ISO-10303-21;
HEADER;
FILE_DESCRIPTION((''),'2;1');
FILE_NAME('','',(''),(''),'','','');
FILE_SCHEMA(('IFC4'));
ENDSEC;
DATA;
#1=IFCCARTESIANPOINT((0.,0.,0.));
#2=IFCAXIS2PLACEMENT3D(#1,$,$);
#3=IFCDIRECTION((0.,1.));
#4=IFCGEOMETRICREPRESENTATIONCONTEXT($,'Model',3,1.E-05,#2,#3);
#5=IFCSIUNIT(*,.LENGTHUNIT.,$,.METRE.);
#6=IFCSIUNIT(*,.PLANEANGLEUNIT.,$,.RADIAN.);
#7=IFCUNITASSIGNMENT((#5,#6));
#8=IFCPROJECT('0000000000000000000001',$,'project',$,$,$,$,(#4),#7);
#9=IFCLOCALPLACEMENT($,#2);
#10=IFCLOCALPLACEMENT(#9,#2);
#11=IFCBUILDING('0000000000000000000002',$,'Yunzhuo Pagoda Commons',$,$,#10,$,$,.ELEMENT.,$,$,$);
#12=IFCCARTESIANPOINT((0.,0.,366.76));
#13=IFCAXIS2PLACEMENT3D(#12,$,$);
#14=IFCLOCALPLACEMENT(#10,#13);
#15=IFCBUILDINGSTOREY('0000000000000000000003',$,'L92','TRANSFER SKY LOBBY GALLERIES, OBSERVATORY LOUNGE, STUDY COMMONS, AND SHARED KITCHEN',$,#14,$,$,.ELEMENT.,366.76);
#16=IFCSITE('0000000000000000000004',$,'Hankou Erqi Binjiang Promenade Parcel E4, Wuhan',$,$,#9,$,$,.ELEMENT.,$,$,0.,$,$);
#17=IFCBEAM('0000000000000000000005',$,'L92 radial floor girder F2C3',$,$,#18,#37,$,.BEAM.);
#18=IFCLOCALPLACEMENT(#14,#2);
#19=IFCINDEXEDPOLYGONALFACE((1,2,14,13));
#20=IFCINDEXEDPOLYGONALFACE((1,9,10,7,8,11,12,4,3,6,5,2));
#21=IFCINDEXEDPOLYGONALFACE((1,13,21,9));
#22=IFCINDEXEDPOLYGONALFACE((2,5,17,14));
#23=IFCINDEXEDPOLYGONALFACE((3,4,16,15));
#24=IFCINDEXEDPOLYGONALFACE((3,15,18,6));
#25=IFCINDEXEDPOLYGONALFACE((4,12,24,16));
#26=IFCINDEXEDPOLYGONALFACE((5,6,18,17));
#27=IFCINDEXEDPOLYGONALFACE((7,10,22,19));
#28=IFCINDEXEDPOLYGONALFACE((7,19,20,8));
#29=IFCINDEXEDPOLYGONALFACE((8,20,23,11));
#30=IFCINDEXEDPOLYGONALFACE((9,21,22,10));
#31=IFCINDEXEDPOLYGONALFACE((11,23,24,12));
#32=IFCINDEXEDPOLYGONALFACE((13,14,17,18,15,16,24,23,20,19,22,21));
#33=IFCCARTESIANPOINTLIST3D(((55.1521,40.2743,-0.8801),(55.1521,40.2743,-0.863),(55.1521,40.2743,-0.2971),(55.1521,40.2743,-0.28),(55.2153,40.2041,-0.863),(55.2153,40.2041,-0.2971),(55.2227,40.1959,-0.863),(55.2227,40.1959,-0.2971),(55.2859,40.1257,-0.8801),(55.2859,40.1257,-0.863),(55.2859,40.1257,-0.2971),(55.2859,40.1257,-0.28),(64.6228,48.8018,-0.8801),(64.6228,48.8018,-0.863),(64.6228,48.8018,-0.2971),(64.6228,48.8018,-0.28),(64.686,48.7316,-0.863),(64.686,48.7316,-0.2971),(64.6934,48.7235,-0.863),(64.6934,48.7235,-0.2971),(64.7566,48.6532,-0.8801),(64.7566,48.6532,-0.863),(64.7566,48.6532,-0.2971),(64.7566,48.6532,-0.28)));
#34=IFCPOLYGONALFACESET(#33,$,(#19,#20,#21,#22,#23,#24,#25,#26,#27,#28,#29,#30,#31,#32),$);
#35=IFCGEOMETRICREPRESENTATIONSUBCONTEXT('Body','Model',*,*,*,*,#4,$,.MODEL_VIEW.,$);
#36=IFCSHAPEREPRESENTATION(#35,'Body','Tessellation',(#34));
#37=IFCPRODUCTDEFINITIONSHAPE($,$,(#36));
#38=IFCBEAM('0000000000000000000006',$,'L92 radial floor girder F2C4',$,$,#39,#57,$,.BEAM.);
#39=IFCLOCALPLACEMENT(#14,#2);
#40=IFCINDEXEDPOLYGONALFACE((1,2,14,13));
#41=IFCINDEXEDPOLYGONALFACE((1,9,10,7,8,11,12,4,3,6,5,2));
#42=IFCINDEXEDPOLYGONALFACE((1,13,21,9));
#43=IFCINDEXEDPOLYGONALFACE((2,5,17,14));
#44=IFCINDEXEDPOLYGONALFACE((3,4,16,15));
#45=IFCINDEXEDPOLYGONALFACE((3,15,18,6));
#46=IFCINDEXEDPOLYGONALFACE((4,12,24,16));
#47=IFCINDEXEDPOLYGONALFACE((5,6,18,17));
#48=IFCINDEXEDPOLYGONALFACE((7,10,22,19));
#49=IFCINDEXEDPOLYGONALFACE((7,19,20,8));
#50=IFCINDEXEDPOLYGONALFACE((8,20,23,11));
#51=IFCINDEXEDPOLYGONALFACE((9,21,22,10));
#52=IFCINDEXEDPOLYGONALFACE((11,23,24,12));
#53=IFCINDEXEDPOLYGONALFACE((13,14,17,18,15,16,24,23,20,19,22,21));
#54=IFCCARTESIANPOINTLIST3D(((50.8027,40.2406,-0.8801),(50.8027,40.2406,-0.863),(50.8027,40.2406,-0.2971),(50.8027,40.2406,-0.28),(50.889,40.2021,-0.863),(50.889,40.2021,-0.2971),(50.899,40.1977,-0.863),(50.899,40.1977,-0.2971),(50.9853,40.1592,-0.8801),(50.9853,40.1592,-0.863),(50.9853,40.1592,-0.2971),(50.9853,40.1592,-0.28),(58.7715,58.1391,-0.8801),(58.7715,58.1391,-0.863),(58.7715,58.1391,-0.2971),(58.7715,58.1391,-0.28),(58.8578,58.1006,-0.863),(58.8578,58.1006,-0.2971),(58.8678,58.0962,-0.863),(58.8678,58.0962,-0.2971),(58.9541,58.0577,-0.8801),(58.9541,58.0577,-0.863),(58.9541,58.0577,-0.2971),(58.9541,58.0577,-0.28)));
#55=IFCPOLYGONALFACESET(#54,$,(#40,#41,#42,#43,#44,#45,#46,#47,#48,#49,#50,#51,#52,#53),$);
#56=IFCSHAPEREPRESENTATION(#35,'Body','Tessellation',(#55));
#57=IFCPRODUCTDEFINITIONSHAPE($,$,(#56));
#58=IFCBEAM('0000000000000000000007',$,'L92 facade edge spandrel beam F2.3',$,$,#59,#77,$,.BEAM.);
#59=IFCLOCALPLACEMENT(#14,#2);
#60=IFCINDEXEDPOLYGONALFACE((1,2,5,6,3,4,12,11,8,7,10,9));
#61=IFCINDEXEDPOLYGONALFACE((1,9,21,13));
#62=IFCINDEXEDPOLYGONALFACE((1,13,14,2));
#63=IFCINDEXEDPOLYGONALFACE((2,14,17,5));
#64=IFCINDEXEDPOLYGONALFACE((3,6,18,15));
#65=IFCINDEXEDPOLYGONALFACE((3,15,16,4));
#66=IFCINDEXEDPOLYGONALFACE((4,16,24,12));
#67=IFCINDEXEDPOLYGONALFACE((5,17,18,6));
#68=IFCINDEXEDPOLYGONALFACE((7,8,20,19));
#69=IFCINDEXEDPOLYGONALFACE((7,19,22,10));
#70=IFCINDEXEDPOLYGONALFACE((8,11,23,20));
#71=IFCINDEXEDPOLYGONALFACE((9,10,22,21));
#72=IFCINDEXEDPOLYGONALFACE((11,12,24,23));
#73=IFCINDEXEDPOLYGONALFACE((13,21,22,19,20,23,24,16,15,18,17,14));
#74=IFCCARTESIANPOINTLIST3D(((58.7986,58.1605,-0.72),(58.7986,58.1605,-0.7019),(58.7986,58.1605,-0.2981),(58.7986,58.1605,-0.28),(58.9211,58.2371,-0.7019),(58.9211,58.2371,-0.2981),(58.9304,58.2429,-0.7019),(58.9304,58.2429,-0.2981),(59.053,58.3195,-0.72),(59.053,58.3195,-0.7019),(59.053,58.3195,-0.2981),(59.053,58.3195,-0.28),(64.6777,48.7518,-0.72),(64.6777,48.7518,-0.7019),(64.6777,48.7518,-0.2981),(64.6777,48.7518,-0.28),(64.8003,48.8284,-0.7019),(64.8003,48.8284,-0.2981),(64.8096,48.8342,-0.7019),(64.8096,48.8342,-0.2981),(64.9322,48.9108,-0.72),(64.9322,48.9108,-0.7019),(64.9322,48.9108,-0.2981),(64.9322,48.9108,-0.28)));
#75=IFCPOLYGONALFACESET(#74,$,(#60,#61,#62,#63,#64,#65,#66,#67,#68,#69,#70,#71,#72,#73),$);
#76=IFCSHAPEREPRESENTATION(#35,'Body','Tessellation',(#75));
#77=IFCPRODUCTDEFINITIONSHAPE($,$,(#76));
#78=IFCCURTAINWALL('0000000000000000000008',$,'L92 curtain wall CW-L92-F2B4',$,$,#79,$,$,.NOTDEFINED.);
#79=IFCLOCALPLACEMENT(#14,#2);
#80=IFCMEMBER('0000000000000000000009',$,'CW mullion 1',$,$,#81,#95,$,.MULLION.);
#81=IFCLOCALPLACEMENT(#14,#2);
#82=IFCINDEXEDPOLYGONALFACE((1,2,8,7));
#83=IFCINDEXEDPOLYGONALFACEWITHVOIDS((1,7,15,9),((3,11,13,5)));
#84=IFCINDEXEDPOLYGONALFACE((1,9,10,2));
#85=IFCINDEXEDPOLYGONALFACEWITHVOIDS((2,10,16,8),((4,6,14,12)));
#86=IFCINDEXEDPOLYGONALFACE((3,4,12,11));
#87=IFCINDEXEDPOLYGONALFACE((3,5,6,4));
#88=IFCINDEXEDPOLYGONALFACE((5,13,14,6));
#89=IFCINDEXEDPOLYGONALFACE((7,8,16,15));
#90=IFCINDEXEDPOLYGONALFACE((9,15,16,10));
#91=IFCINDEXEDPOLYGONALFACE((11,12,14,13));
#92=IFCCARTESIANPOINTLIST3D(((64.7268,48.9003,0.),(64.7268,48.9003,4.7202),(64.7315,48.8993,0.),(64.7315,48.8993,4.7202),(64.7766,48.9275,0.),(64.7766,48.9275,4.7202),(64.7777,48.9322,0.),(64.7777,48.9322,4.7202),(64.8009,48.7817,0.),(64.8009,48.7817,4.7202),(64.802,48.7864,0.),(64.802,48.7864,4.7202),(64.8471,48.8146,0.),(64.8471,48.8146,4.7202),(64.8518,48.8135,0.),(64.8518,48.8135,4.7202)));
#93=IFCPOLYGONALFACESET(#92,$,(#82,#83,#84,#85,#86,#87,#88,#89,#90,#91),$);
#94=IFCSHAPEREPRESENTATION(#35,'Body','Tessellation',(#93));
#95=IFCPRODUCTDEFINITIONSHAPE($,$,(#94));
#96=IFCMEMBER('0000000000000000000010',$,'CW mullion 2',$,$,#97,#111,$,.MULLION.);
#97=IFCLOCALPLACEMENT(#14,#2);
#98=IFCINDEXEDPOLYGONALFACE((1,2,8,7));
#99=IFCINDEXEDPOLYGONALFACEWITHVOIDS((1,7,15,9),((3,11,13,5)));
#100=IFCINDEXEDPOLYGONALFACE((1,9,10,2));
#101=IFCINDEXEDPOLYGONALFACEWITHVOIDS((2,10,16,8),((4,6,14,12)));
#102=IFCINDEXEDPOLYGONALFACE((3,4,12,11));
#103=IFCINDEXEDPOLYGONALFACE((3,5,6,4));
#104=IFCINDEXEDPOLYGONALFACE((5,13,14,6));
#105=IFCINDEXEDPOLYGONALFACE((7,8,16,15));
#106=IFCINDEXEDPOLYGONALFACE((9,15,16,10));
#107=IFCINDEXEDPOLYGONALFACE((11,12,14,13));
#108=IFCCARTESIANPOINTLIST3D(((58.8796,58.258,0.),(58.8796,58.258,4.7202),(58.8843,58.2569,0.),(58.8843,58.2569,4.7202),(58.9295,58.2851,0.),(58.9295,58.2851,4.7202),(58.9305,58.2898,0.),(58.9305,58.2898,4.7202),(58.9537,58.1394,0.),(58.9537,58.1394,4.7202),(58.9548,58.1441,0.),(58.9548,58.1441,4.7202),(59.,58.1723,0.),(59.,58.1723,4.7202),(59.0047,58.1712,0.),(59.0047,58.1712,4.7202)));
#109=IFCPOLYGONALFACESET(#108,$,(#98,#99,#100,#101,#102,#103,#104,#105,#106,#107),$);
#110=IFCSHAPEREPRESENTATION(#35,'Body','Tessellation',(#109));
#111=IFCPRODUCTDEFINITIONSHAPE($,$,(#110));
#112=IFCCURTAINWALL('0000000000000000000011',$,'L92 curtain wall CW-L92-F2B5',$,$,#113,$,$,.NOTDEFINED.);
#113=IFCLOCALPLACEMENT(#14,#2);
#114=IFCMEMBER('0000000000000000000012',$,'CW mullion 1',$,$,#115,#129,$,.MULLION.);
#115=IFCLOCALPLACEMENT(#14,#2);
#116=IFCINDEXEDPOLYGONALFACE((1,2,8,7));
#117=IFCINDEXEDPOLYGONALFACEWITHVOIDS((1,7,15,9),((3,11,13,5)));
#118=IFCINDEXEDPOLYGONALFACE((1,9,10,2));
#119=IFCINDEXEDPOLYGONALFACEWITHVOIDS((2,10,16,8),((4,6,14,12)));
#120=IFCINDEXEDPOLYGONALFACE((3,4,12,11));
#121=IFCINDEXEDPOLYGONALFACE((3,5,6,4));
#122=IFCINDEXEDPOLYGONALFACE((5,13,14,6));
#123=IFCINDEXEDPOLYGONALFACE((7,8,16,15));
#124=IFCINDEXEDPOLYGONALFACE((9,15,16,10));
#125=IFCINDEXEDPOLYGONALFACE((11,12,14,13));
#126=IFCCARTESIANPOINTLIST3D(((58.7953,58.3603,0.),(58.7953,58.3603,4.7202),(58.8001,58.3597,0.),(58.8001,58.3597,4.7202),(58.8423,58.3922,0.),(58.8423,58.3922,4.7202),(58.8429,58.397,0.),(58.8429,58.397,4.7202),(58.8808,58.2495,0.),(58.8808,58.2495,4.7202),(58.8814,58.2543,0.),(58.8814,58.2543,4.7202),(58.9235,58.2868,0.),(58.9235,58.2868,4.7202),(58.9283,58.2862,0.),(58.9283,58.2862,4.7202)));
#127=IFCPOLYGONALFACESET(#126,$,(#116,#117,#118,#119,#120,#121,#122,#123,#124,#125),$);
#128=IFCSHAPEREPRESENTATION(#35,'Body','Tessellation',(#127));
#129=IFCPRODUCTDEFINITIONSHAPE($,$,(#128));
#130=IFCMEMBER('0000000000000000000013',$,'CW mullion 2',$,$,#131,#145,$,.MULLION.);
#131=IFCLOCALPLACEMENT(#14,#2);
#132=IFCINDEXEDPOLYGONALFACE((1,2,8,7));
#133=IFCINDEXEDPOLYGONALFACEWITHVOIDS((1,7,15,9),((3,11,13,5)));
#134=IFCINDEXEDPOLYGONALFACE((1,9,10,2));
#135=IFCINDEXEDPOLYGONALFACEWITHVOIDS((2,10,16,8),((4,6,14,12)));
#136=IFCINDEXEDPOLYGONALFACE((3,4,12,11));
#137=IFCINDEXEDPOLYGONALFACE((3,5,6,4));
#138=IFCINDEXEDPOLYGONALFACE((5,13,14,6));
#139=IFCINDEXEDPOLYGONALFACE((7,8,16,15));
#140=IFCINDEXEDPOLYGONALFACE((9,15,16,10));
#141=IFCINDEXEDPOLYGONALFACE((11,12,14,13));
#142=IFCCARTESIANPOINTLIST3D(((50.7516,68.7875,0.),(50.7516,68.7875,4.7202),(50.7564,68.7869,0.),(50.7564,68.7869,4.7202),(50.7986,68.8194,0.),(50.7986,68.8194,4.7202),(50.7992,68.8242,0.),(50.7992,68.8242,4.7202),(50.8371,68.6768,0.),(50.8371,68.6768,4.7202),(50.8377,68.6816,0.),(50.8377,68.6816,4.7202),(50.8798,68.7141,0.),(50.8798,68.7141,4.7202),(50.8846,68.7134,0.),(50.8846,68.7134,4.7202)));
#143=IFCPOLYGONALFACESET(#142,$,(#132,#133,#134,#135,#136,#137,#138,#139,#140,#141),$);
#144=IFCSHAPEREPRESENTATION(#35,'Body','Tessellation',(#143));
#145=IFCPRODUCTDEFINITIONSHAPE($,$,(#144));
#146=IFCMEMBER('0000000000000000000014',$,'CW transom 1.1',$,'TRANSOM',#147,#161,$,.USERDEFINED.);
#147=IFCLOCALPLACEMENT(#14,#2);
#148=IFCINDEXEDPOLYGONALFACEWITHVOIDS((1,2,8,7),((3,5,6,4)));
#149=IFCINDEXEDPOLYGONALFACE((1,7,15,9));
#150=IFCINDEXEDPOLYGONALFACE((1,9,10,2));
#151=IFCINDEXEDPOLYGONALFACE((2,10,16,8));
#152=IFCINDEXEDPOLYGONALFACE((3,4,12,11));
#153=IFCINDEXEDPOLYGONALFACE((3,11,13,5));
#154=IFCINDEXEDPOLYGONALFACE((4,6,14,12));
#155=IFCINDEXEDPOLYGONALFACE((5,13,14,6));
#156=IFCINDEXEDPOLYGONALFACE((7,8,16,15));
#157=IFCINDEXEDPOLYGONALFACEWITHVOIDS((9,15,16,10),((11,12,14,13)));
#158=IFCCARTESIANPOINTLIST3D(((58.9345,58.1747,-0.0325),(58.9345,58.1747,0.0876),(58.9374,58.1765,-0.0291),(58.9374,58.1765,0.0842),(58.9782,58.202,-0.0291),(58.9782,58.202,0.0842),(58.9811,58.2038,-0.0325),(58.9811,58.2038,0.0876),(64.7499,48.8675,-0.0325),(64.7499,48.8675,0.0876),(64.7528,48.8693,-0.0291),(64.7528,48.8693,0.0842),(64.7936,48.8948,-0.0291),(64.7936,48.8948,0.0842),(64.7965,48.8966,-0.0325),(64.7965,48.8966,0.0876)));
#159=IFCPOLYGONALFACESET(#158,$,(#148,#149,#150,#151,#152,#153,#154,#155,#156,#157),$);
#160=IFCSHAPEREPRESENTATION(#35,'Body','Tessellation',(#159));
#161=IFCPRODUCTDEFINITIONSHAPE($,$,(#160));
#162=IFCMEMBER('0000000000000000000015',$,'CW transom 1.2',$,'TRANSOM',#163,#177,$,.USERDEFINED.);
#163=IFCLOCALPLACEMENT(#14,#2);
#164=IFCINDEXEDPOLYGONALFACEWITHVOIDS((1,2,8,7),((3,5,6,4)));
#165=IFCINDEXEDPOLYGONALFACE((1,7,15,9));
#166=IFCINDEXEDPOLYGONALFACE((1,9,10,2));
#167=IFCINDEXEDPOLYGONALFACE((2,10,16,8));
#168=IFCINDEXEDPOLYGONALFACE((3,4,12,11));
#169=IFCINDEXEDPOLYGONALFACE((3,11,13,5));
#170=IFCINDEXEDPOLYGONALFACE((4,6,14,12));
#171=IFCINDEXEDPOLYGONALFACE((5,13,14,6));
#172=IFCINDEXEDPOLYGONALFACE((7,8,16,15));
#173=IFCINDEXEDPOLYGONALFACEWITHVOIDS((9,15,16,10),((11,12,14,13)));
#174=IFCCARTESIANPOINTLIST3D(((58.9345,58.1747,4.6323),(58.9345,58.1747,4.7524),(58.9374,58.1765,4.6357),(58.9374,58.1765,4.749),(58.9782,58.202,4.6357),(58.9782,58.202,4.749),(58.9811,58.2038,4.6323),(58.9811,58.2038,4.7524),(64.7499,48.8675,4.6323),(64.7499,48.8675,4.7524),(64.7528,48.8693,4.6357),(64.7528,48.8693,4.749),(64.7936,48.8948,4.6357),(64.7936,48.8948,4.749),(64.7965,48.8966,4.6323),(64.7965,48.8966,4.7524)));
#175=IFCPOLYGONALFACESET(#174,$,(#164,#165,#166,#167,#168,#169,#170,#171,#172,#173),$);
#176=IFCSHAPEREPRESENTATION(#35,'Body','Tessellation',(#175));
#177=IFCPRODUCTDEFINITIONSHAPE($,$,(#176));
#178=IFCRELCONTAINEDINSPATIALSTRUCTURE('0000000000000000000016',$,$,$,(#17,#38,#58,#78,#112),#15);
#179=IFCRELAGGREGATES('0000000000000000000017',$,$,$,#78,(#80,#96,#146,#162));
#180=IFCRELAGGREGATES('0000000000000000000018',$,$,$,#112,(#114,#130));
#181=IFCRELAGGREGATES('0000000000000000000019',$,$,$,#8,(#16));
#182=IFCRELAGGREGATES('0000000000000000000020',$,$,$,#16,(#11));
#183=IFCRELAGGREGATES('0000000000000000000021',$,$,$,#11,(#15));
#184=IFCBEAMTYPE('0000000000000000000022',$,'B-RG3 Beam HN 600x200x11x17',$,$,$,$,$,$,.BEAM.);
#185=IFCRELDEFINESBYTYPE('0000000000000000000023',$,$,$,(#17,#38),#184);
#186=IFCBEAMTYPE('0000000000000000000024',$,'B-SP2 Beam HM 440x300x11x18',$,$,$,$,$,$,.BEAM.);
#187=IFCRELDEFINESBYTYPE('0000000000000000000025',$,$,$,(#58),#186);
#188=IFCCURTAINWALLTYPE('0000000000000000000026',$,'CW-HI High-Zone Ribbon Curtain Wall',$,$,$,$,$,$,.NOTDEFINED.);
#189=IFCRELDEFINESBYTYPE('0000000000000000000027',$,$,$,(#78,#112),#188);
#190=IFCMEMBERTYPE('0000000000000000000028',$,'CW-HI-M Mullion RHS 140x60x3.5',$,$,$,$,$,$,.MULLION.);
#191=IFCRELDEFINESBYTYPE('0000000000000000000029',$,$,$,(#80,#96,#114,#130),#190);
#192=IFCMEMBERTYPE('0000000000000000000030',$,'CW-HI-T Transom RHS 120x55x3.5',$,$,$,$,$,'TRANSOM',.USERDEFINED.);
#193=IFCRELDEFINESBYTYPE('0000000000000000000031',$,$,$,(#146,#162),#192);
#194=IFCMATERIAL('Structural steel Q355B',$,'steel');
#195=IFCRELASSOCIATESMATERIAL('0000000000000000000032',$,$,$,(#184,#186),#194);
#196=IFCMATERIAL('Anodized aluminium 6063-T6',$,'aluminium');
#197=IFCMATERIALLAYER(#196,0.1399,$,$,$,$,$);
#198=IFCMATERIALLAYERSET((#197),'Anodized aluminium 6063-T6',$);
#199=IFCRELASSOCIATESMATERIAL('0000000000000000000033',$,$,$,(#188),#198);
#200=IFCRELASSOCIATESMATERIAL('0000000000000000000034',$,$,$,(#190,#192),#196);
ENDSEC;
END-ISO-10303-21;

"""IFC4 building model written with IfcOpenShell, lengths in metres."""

from ifc_helpers import new_model, si_unit, direction, frame, origin, origin_2d, place, context, subcontext, project, spatial, hollow_rectangle, i_section, extrude, source, transform, mapped, material, layer, layer_set, material_profile, profile_set, type_object, element, aggregate, save


model = new_model("IFC4")

# Units and contexts
model_context = context("Model", 3, precision=1e-05, world=origin(), true_north=direction((0.0, 1.0)))
body_context = subcontext(model_context, "Body", "Model", "MODEL_VIEW")
ifc_project = project(units=[si_unit("LENGTHUNIT", "METRE"), si_unit("PLANEANGLEUNIT", "RADIAN")], contexts=[model_context])

# Site, building, storey
site_placement = place(None, origin())
site = spatial("IfcSite", under=ifc_project, at=site_placement, Name="Hankou Erqi Binjiang Promenade Parcel E4, Wuhan", CompositionType="ELEMENT", RefElevation=0.0)
building_placement = place(site_placement, origin())
building = spatial("IfcBuilding", under=site, at=building_placement, Name="Yunzhuo Pagoda Commons", CompositionType="ELEMENT")
storey_placement = place(building_placement, frame((0.0, 0.0, 366.76)))
storey = spatial("IfcBuildingStorey", under=building, at=storey_placement, Name="L92", Description="TRANSFER SKY LOBBY GALLERIES, OBSERVATORY LOUNGE, STUDY COMMONS, AND SHARED KITCHEN", CompositionType="ELEMENT", Elevation=366.76)

# Shared definitions
ifc_material_1 = material(Name="Structural steel Q355B", Category="steel")

# Beams
ifc_material_profile_1 = material_profile(ifc_material_1, i_section(OverallWidth=0.2, OverallDepth=0.6001, WebThickness=0.011, FlangeThickness=0.0171, at=origin_2d()), Name="Structural steel Q355B")
ifc_profile_set_1 = profile_set([ifc_material_profile_1], Name="Structural steel Q355B")
beam_type_1 = type_object("IfcBeamType", Name="B-RG3 Beam HN 600x200x11x17", PredefinedType="BEAM", material=ifc_profile_set_1)
shared_shape_1 = source(origin(), body_context, "Body", "SweptSolid", [
    extrude(i_section(OverallWidth=0.2, OverallDepth=0.6001, WebThickness=0.011, FlangeThickness=0.0171, at=origin_2d()), origin(), (0.0, 0.0, 1.0), 12.7441),
])
beam_1_placement = place(storey_placement, frame((64.6897, 48.7275, -0.5801), z_axis=(-0.74314, -0.669136, 0.0), x_axis=(0.669136, -0.74314, 0.0)))
element("IfcBeam", 1, at=beam_1_placement, inside=storey, type_object=beam_type_1, Name="L92 radial floor girder F2C3", PredefinedType="BEAM", context=body_context, shape_type="MappedRepresentation", body=[
    mapped(shared_shape_1, transform((0.0, 0.0, 0.0), scale=1.0)),
])
shared_shape_2 = source(origin(), body_context, "Body", "SweptSolid", [
    extrude(i_section(OverallWidth=0.2, OverallDepth=0.6001, WebThickness=0.011, FlangeThickness=0.0171, at=origin_2d()), origin(), (0.0, 0.0, 1.0), 19.5923),
])
beam_2_placement = place(storey_placement, frame((58.8628, 58.0984, -0.5801), z_axis=(-0.40673, -0.913548, 0.0), x_axis=(0.913548, -0.40673, 0.0)))
element("IfcBeam", 2, at=beam_2_placement, inside=storey, type_object=beam_type_1, Name="L92 radial floor girder F2C4", PredefinedType="BEAM", context=body_context, shape_type="MappedRepresentation", body=[
    mapped(shared_shape_2, transform((0.0, 0.0, 0.0), scale=1.0)),
])
ifc_material_profile_2 = material_profile(ifc_material_1, i_section(OverallWidth=0.3, OverallDepth=0.4399, WebThickness=0.011, FlangeThickness=0.0181, at=origin_2d()), Name="Structural steel Q355B")
ifc_profile_set_2 = profile_set([ifc_material_profile_2], Name="Structural steel Q355B")
beam_type_2 = type_object("IfcBeamType", Name="B-SP2 Beam HM 440x300x11x18", PredefinedType="BEAM", material=ifc_profile_set_2)
shared_shape_3 = source(origin(), body_context, "Body", "SweptSolid", [
    extrude(i_section(OverallWidth=0.3, OverallDepth=0.4399, WebThickness=0.011, FlangeThickness=0.0181, at=origin_2d()), origin(), (0.0, 0.0, 1.0), 11.0945),
])
beam_3_placement = place(storey_placement, frame((64.8049, 48.8313, -0.5), z_axis=(-0.529916, 0.84805, 0.0), x_axis=(-0.84805, -0.529916, 0.0)))
element("IfcBeam", 3, at=beam_3_placement, inside=storey, type_object=beam_type_2, Name="L92 facade edge spandrel beam F2.3", PredefinedType="BEAM", context=body_context, shape_type="MappedRepresentation", body=[
    mapped(shared_shape_3, transform((0.0, 0.0, 0.0), scale=1.0)),
])

# Curtain walls, members
ifc_material_2 = material(Name="Anodized aluminium 6063-T6", Category="aluminium")
ifc_layer_1 = layer(ifc_material_2, 0.1399)
ifc_layer_set_1 = layer_set([ifc_layer_1], Name="Anodized aluminium 6063-T6")
curtain_wall_type = type_object("IfcCurtainWallType", Name="CW-HI High-Zone Ribbon Curtain Wall", PredefinedType="NOTDEFINED", material=ifc_layer_set_1)
curtain_wall_1_placement = place(storey_placement, origin())
curtain_wall_1 = element("IfcCurtainWall", 4, at=curtain_wall_1_placement, inside=storey, type_object=curtain_wall_type, Name="L92 curtain wall CW-L92-F2B4", PredefinedType="NOTDEFINED")
ifc_material_profile_3 = material_profile(ifc_material_2, hollow_rectangle(XDim=0.0601, YDim=0.1399, WallThickness=0.0034, at=origin_2d()), Name="Anodized aluminium 6063-T6")
ifc_profile_set_3 = profile_set([ifc_material_profile_3], Name="Anodized aluminium 6063-T6")
member_type_1 = type_object("IfcMemberType", Name="CW-HI-M Mullion RHS 140x60x3.5", PredefinedType="MULLION", material=ifc_profile_set_3)
shared_shape_4 = source(origin(), body_context, "Body", "SweptSolid", [
    extrude(hollow_rectangle(XDim=0.0601, YDim=0.1399, WallThickness=0.0034, at=origin_2d()), origin(), (0.0, 0.0, 1.0), 4.7202),
])
member_1_placement = place(storey_placement, frame((64.7893, 48.8569, 0.0), z_axis=(0.0, 0.0, 1.0), x_axis=(-0.848055, -0.529908, 0.0)))
member_1 = element("IfcMember", 5, at=member_1_placement, type_object=member_type_1, Name="CW mullion 1", PredefinedType="MULLION", context=body_context, shape_type="MappedRepresentation", body=[
    mapped(shared_shape_4, transform((0.0, 0.0, 0.0), scale=1.0)),
])
member_2_placement = place(storey_placement, frame((58.9421, 58.2146, 0.0), z_axis=(0.0, 0.0, 1.0), x_axis=(-0.848055, -0.529908, 0.0)))
member_2 = element("IfcMember", 6, at=member_2_placement, type_object=member_type_1, Name="CW mullion 2", PredefinedType="MULLION", context=body_context, shape_type="MappedRepresentation", body=[
    mapped(shared_shape_4, transform((0.0, 0.0, 0.0), scale=1.0)),
])
curtain_wall_2_placement = place(storey_placement, origin())
curtain_wall_2 = element("IfcCurtainWall", 7, at=curtain_wall_2_placement, inside=storey, type_object=curtain_wall_type, Name="L92 curtain wall CW-L92-F2B5", PredefinedType="NOTDEFINED")
member_3_placement = place(storey_placement, frame((58.8618, 58.3232, 0.0), z_axis=(0.0, 0.0, 1.0), x_axis=(-0.791793, -0.61079, 0.0)))
member_3 = element("IfcMember", 8, at=member_3_placement, type_object=member_type_1, Name="CW mullion 1", PredefinedType="MULLION", context=body_context, shape_type="MappedRepresentation", body=[
    mapped(shared_shape_4, transform((0.0, 0.0, 0.0), scale=1.0)),
])
member_4_placement = place(storey_placement, frame((50.8181, 68.7505, 0.0), z_axis=(0.0, 0.0, 1.0), x_axis=(-0.791793, -0.61079, 0.0)))
member_4 = element("IfcMember", 9, at=member_4_placement, type_object=member_type_1, Name="CW mullion 2", PredefinedType="MULLION", context=body_context, shape_type="MappedRepresentation", body=[
    mapped(shared_shape_4, transform((0.0, 0.0, 0.0), scale=1.0)),
])

# Members
ifc_material_profile_4 = material_profile(ifc_material_2, hollow_rectangle(XDim=0.0549, YDim=0.1201, WallThickness=0.0034, at=origin_2d()), Name="Anodized aluminium 6063-T6")
ifc_profile_set_4 = profile_set([ifc_material_profile_4], Name="Anodized aluminium 6063-T6")
member_type_2 = type_object("IfcMemberType", Name="CW-HI-T Transom RHS 120x55x3.5", ElementType="TRANSOM", PredefinedType="USERDEFINED", material=ifc_profile_set_4)
shared_shape_5 = source(origin(), body_context, "Body", "SweptSolid", [
    extrude(hollow_rectangle(XDim=0.0549, YDim=0.1201, WallThickness=0.0034, at=origin_2d()), origin(), (0.0, 0.0, 1.0), 10.9746),
])
member_5_placement = place(storey_placement, frame((64.7732, 48.8821, 0.0276), z_axis=(-0.529899, 0.848061, 0.0), x_axis=(-0.848061, -0.529899, 0.0)))
member_5 = element("IfcMember", 10, at=member_5_placement, type_object=member_type_2, Name="CW transom 1.1", ObjectType="TRANSOM", PredefinedType="USERDEFINED", context=body_context, shape_type="MappedRepresentation", body=[
    mapped(shared_shape_5, transform((0.0, 0.0, 0.0), scale=1.0)),
])
member_6_placement = place(storey_placement, frame((64.7732, 48.8821, 4.6924), z_axis=(-0.529899, 0.848061, 0.0), x_axis=(-0.848061, -0.529899, 0.0)))
member_6 = element("IfcMember", 11, at=member_6_placement, type_object=member_type_2, Name="CW transom 1.2", ObjectType="TRANSOM", PredefinedType="USERDEFINED", context=body_context, shape_type="MappedRepresentation", body=[
    mapped(shared_shape_5, transform((0.0, 0.0, 0.0), scale=1.0)),
])

aggregate(curtain_wall_1, [member_1, member_2, member_5, member_6])
aggregate(curtain_wall_2, [member_3, member_4])

save(model, "model.ifc")
